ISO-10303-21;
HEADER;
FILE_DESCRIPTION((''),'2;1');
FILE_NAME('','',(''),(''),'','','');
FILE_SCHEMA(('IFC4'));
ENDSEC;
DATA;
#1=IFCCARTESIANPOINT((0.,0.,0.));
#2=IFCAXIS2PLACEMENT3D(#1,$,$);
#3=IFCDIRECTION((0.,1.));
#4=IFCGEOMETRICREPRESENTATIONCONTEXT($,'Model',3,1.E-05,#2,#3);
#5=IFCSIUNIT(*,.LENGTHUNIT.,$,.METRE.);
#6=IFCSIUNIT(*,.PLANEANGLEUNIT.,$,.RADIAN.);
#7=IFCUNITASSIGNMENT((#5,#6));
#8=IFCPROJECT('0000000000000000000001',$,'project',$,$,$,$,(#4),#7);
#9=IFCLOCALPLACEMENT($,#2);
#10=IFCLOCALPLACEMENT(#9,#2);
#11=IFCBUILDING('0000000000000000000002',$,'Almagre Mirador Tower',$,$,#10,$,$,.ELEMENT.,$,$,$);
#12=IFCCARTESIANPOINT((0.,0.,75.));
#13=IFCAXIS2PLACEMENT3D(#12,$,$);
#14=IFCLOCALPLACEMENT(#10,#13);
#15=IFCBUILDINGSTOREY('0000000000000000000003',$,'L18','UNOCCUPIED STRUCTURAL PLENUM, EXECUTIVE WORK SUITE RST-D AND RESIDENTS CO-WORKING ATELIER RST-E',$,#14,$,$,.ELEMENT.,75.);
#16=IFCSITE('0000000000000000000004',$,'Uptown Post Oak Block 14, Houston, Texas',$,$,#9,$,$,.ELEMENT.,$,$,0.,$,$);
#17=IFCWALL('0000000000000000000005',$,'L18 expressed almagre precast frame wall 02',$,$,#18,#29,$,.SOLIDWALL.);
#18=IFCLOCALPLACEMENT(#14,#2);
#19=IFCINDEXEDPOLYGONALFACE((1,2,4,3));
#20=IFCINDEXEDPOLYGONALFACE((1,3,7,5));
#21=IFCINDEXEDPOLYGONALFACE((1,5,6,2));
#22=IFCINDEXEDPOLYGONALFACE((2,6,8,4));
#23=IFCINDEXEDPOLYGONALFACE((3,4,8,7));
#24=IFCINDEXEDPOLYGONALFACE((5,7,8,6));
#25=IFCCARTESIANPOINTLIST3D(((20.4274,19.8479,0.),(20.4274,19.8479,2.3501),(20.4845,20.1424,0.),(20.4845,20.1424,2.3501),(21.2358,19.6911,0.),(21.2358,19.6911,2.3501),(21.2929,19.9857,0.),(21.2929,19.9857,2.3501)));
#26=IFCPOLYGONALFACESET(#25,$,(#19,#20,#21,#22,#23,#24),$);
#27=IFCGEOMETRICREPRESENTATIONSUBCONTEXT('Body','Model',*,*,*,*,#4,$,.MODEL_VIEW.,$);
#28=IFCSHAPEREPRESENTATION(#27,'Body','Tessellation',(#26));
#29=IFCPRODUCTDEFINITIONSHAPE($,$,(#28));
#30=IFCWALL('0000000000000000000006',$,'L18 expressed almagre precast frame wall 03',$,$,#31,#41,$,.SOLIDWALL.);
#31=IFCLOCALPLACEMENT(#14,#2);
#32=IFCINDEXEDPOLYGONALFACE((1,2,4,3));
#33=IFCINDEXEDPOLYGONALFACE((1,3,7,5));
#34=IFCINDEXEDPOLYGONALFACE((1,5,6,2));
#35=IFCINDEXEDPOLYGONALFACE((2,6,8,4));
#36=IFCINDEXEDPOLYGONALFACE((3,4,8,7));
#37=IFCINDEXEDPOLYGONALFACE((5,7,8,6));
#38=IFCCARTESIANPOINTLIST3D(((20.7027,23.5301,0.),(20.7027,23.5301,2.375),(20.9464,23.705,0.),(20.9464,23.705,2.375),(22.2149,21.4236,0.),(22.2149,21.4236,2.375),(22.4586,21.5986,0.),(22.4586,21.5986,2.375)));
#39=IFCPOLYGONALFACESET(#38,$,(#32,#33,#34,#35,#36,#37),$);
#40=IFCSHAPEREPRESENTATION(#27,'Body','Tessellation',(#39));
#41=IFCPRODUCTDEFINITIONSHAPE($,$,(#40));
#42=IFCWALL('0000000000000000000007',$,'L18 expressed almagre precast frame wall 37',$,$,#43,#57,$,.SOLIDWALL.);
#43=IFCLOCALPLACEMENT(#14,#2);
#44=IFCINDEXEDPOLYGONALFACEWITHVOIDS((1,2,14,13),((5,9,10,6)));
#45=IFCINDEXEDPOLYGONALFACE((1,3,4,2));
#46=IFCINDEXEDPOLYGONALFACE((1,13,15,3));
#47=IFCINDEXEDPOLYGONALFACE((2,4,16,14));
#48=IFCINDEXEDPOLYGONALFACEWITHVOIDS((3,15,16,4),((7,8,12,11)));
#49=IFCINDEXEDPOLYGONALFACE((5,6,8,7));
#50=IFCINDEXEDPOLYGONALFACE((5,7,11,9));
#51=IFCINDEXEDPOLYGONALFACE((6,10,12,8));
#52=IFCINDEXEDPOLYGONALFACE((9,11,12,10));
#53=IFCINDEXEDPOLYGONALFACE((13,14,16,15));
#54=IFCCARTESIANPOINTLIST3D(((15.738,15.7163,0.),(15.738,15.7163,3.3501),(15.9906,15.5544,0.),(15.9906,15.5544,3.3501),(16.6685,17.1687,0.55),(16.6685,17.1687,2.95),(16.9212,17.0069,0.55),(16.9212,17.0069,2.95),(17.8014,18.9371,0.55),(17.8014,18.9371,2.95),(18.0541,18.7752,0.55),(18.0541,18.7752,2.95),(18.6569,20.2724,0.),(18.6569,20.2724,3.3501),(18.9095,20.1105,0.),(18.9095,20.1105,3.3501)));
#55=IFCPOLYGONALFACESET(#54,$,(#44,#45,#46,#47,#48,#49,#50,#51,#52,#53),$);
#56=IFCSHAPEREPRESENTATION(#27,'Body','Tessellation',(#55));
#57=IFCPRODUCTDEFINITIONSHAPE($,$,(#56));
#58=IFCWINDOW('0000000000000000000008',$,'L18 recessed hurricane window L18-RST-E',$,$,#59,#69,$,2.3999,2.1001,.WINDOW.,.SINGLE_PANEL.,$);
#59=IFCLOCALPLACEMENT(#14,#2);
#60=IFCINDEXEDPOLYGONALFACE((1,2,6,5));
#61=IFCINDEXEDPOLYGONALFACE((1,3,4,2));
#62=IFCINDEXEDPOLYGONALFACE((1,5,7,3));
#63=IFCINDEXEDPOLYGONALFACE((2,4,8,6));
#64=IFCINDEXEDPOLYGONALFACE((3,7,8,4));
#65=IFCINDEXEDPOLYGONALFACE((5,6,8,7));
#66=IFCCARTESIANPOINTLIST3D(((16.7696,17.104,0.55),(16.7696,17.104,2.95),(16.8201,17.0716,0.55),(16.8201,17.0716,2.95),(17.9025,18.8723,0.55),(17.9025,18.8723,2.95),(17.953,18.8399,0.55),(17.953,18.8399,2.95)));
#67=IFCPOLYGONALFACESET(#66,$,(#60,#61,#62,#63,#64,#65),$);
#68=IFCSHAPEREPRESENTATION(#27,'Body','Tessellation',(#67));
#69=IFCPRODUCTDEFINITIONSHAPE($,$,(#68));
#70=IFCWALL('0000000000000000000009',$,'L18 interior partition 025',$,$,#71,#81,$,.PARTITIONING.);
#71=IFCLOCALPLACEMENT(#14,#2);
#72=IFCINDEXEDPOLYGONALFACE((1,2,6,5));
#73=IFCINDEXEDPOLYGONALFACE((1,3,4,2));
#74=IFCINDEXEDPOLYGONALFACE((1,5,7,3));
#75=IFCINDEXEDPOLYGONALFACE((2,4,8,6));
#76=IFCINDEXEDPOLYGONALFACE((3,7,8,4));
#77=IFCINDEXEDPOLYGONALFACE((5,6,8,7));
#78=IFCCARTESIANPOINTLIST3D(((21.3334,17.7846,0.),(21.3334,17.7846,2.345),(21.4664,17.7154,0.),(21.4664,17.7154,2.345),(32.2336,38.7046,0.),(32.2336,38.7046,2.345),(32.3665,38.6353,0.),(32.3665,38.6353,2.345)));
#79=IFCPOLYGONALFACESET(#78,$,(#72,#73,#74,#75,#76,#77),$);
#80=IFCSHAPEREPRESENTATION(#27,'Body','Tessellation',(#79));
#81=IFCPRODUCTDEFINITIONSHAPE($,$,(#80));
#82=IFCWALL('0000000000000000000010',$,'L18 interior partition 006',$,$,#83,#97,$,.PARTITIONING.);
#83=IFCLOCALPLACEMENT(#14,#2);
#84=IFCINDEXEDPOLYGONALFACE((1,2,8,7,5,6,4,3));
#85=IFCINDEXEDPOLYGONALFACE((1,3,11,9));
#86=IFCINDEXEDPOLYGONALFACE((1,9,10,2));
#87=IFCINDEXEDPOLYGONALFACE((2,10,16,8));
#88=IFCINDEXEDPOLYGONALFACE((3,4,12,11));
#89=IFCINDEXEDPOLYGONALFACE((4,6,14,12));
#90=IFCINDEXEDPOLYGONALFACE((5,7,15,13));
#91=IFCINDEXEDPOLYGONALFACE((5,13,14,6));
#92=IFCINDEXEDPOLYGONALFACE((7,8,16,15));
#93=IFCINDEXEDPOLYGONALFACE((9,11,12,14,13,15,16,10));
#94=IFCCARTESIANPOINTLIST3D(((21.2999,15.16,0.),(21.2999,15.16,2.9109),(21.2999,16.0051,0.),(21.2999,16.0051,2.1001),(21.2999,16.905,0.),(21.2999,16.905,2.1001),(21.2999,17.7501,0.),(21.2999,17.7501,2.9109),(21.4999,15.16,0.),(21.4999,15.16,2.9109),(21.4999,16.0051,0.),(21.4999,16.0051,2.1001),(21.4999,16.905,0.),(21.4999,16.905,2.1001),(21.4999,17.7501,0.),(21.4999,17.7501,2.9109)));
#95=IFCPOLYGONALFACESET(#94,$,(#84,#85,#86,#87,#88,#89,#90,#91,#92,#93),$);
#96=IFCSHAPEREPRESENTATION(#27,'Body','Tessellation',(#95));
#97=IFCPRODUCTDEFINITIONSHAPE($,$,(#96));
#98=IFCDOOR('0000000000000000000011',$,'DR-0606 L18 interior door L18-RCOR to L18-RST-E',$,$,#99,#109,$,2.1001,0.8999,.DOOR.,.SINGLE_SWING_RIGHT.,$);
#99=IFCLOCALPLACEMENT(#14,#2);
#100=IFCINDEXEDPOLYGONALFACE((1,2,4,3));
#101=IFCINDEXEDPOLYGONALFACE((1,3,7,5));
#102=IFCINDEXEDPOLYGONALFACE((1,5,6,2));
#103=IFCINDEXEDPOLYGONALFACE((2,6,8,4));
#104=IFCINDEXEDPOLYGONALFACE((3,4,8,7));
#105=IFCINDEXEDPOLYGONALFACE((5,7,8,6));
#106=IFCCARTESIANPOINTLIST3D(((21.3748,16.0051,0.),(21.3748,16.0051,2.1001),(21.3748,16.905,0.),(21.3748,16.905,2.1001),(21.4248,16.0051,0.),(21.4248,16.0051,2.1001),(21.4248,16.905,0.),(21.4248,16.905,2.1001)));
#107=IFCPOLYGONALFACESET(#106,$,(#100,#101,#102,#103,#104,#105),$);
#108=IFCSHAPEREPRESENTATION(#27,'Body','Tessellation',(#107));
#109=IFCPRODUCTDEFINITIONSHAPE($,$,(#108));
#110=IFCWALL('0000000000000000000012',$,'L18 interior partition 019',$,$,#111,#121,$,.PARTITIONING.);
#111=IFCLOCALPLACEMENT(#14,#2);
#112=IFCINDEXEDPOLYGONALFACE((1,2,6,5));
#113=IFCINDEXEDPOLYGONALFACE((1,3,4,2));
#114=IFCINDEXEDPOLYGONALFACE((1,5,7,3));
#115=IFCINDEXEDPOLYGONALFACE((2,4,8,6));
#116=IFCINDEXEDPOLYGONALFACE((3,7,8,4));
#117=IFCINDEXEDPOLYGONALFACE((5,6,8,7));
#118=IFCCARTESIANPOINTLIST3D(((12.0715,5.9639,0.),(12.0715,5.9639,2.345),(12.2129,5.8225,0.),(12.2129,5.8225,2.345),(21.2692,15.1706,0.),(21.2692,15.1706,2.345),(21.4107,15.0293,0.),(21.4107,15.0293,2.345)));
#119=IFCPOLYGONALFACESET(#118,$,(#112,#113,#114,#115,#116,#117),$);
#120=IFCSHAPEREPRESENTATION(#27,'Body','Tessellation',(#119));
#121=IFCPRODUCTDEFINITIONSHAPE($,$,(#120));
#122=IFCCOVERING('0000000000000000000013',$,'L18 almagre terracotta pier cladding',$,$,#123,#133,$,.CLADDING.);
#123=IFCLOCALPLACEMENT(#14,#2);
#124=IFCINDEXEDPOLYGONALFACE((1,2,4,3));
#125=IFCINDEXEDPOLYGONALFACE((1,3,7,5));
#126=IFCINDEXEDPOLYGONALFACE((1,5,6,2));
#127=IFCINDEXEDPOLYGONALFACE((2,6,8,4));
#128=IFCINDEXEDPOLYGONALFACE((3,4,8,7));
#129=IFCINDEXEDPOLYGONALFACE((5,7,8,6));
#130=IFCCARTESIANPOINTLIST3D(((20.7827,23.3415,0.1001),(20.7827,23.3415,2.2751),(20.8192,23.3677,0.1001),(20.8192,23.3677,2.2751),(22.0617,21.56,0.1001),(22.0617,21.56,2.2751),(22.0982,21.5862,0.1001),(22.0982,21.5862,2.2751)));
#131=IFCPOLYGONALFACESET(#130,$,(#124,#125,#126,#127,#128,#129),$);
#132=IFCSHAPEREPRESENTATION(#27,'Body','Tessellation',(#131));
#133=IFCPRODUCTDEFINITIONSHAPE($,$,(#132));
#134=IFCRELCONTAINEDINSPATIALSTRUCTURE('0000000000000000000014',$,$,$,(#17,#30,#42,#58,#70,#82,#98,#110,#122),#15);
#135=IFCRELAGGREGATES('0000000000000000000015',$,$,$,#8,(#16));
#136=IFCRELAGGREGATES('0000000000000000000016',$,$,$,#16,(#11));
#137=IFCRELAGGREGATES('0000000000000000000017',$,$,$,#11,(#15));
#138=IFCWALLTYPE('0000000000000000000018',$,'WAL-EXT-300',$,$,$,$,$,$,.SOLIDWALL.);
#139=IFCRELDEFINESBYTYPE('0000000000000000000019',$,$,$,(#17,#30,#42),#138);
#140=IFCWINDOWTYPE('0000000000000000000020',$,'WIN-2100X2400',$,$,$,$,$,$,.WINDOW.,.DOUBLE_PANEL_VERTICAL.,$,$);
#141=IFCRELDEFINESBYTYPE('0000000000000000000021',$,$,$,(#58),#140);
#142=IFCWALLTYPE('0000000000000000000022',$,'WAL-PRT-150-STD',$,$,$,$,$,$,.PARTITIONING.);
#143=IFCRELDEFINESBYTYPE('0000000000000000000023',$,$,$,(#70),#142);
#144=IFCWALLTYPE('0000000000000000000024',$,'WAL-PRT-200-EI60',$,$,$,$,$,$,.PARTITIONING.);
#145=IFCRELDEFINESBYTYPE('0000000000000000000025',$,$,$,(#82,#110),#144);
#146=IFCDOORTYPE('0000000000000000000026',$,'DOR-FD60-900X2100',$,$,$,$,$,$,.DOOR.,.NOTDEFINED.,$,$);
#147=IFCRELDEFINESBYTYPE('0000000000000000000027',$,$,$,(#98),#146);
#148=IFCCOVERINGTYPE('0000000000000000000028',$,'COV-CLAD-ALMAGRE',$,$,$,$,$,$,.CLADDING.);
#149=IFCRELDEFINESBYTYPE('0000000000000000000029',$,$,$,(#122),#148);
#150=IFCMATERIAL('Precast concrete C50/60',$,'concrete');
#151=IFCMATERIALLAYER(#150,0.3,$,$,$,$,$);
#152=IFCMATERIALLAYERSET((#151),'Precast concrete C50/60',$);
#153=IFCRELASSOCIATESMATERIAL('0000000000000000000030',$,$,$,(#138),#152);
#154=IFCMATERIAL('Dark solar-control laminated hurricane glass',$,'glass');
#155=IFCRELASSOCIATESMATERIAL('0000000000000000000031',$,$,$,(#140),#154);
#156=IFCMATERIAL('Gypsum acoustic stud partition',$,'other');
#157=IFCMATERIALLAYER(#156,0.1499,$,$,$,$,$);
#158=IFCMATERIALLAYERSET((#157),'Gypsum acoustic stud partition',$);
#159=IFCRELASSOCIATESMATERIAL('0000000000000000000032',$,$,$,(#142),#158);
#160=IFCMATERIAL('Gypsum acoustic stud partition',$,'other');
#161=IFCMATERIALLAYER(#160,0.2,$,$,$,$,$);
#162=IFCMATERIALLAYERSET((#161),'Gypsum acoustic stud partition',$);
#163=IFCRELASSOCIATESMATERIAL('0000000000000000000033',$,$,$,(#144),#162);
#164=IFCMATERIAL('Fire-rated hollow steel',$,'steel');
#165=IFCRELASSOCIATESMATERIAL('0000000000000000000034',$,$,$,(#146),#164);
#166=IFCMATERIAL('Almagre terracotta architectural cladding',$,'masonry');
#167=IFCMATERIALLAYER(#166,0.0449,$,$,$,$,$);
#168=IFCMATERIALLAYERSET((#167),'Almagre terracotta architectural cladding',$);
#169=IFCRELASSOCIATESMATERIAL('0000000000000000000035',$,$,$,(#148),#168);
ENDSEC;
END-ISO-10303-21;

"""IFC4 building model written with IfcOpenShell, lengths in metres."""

from ifc_helpers import new_model, si_unit, direction, frame, frame_2d, origin, origin_2d, place, context, subcontext, project, spatial, rectangle, extrude, material, layer, layer_set, type_object, element, fill, save


model = new_model("IFC4")

# Units and contexts
model_context = context("Model", 3, precision=1e-05, world=origin(), true_north=direction((0.0, 1.0)))
body_context = subcontext(model_context, "Body", "Model", "MODEL_VIEW")
ifc_project = project(units=[si_unit("LENGTHUNIT", "METRE"), si_unit("PLANEANGLEUNIT", "RADIAN")], contexts=[model_context])

# Site, building, storey
site_placement = place(None, origin())
site = spatial("IfcSite", under=ifc_project, at=site_placement, Name="Uptown Post Oak Block 14, Houston, Texas", CompositionType="ELEMENT", RefElevation=0.0)
building_placement = place(site_placement, origin())
building = spatial("IfcBuilding", under=site, at=building_placement, Name="Almagre Mirador Tower", CompositionType="ELEMENT")
storey_placement = place(building_placement, frame((0.0, 0.0, 75.0)))
storey = spatial("IfcBuildingStorey", under=building, at=storey_placement, Name="L18", Description="UNOCCUPIED STRUCTURAL PLENUM, EXECUTIVE WORK SUITE RST-D AND RESIDENTS CO-WORKING ATELIER RST-E", CompositionType="ELEMENT", Elevation=75.0)

# Walls
ifc_material_1 = material(Name="Precast concrete C50/60", Category="concrete")
ifc_layer_1 = layer(ifc_material_1, 0.3)
ifc_layer_set_1 = layer_set([ifc_layer_1], Name="Precast concrete C50/60")
wall_type_1 = type_object("IfcWallType", Name="WAL-EXT-300", PredefinedType="SOLIDWALL", material=ifc_layer_set_1)
wall_1_placement = place(storey_placement, frame((20.4561, 19.9951, 0.0), z_axis=(0.0, 0.0, 1.0), x_axis=(0.981716, -0.190354, 0.0)))
element("IfcWall", 1, at=wall_1_placement, inside=storey, type_object=wall_type_1, Name="L18 expressed almagre precast frame wall 02", PredefinedType="SOLIDWALL", context=body_context, shape_type="SweptSolid", body=[
    extrude(rectangle(XDim=0.8235, YDim=0.3, at=frame_2d((0.4116, 0.0))), origin(), (0.0, 0.0, 1.0), 2.3501),
])
wall_2_placement = place(storey_placement, frame((22.3367, 21.5112, 0.0), z_axis=(0.0, 0.0, 1.0), x_axis=(-0.583178, 0.812344, 0.0)))
element("IfcWall", 2, at=wall_2_placement, inside=storey, type_object=wall_type_1, Name="L18 expressed almagre precast frame wall 03", PredefinedType="SOLIDWALL", context=body_context, shape_type="SweptSolid", body=[
    extrude(rectangle(XDim=2.593, YDim=0.3, at=frame_2d((1.2964, 0.0))), origin(), (0.0, 0.0, 1.0), 2.375),
])

# Wall, opening, window
wall_3_placement = place(storey_placement, frame((15.8643, 15.6353, 0.0), z_axis=(0.0, 0.0, 1.0), x_axis=(0.539448, 0.842019, 0.0)))
wall_3 = element("IfcWall", 3, at=wall_3_placement, inside=storey, type_object=wall_type_1, Name="L18 expressed almagre precast frame wall 37", PredefinedType="SOLIDWALL", context=body_context, shape_type="SweptSolid", body=[
    extrude(rectangle(XDim=5.4109, YDim=0.3, at=frame_2d((2.7056, 0.0))), origin(), (0.0, 0.0, 1.0), 3.3501),
])
opening_1_placement = place(wall_3_placement, frame((1.7251, 0.0, 0.55)))
opening_1 = element("IfcOpeningElement", 4, at=opening_1_placement, cuts=wall_3, PredefinedType="OPENING", context=body_context, shape_type="SweptSolid", body=[
    extrude(rectangle(XDim=2.1001, YDim=2.3999, at=frame_2d((1.05, 1.2))), frame((0.0, 0.1599, 0.0), z_axis=(0.0, -1.0, 0.0), x_axis=(1.0, 0.0, 0.0)), (0.0, 0.0, 1.0), 0.32),
])
ifc_material_2 = material(Name="Dark solar-control laminated hurricane glass", Category="glass")
window_type = type_object("IfcWindowType", Name="WIN-2100X2400", PartitioningType="DOUBLE_PANEL_VERTICAL", PredefinedType="WINDOW", material=ifc_material_2)
window_placement = place(opening_1_placement, origin())
window = element("IfcWindow", 5, at=window_placement, inside=storey, type_object=window_type, Name="L18 recessed hurricane window L18-RST-E", OverallHeight=2.3999, OverallWidth=2.1001, PartitioningType="SINGLE_PANEL", PredefinedType="WINDOW", context=body_context, shape_type="SweptSolid", body=[
    extrude(rectangle(XDim=2.1001, YDim=2.3999, at=frame_2d((1.05, 1.2))), frame((0.0, 0.03, 0.0), z_axis=(0.0, -1.0, 0.0), x_axis=(1.0, 0.0, 0.0)), (0.0, 0.0, 1.0), 0.0601),
])
fill(opening_1, window)

# Wall
ifc_material_3 = material(Name="Gypsum acoustic stud partition", Category="other")
ifc_layer_2 = layer(ifc_material_3, 0.1499)
ifc_layer_set_2 = layer_set([ifc_layer_2], Name="Gypsum acoustic stud partition")
wall_type_2 = type_object("IfcWallType", Name="WAL-PRT-150-STD", PredefinedType="PARTITIONING", material=ifc_layer_set_2)
wall_4_placement = place(storey_placement, frame((21.3999, 17.75, 0.0), z_axis=(0.0, 0.0, 1.0), x_axis=(0.46208, 0.886838, 0.0)))
element("IfcWall", 6, at=wall_4_placement, inside=storey, type_object=wall_type_2, Name="L18 interior partition 025", PredefinedType="PARTITIONING", context=body_context, shape_type="SweptSolid", body=[
    extrude(rectangle(XDim=23.5894, YDim=0.1499, at=frame_2d((11.7947, 0.0))), origin(), (0.0, 0.0, 1.0), 2.345),
])

# Wall, opening, door
ifc_material_4 = material(Name="Gypsum acoustic stud partition", Category="other")
ifc_layer_3 = layer(ifc_material_4, 0.2)
ifc_layer_set_3 = layer_set([ifc_layer_3], Name="Gypsum acoustic stud partition")
wall_type_3 = type_object("IfcWallType", Name="WAL-PRT-200-EI60", PredefinedType="PARTITIONING", material=ifc_layer_set_3)
wall_5_placement = place(storey_placement, frame((21.3999, 17.75, 0.0), z_axis=(0.0, 0.0, 1.0), x_axis=(0.0, -1.0, 0.0)))
wall_5 = element("IfcWall", 7, at=wall_5_placement, inside=storey, type_object=wall_type_3, Name="L18 interior partition 006", PredefinedType="PARTITIONING", context=body_context, shape_type="SweptSolid", body=[
    extrude(rectangle(XDim=2.5901, YDim=0.2, at=frame_2d((1.2949, 0.0))), origin(), (0.0, 0.0, 1.0), 2.9109),
])
opening_2_placement = place(wall_5_placement, frame((0.845, 0.0, 0.0)))
opening_2 = element("IfcOpeningElement", 8, at=opening_2_placement, cuts=wall_5, PredefinedType="OPENING", context=body_context, shape_type="SweptSolid", body=[
    extrude(rectangle(XDim=0.8999, YDim=2.1001, at=frame_2d((0.45, 1.05))), frame((0.0, 0.1101, 0.0), z_axis=(0.0, -1.0, 0.0), x_axis=(1.0, 0.0, 0.0)), (0.0, 0.0, 1.0), 0.22),
])
ifc_material_5 = material(Name="Fire-rated hollow steel", Category="steel")
door_type = type_object("IfcDoorType", Name="DOR-FD60-900X2100", OperationType="NOTDEFINED", PredefinedType="DOOR", material=ifc_material_5)
door_placement = place(opening_2_placement, origin())
door = element("IfcDoor", 9, at=door_placement, inside=storey, type_object=door_type, Name="DR-0606 L18 interior door L18-RCOR to L18-RST-E", OperationType="SINGLE_SWING_RIGHT", OverallHeight=2.1001, OverallWidth=0.8999, PredefinedType="DOOR", context=body_context, shape_type="SweptSolid", body=[
    extrude(rectangle(XDim=0.8999, YDim=2.1001, at=frame_2d((0.45, 1.05))), frame((0.0, 0.0249, 0.0), z_axis=(0.0, -1.0, 0.0), x_axis=(1.0, 0.0, 0.0)), (0.0, 0.0, 1.0), 0.05),
])
fill(opening_2, door)

# Wall
wall_6_placement = place(storey_placement, frame((21.3398, 15.0999, 0.0), z_axis=(0.0, 0.0, 1.0), x_axis=(-0.70676, -0.707454, 0.0)))
element("IfcWall", 10, at=wall_6_placement, inside=storey, type_object=wall_type_3, Name="L18 interior partition 019", PredefinedType="PARTITIONING", context=body_context, shape_type="SweptSolid", body=[
    extrude(rectangle(XDim=13.0139, YDim=0.2, at=frame_2d((6.5068, 0.0))), origin(), (0.0, 0.0, 1.0), 2.345),
])

# Covering
ifc_material_6 = material(Name="Almagre terracotta architectural cladding", Category="masonry")
ifc_layer_4 = layer(ifc_material_6, 0.0449)
ifc_layer_set_4 = layer_set([ifc_layer_4], Name="Almagre terracotta architectural cladding")
covering_type = type_object("IfcCoveringType", Name="COV-CLAD-ALMAGRE", PredefinedType="CLADDING", material=ifc_layer_set_4)
covering_placement = place(storey_placement, frame((21.4404, 22.4639, 0.1001), z_axis=(0.0, 0.0, 1.0), x_axis=(-0.583187, 0.812338, 0.0)))
element("IfcCovering", 11, at=covering_placement, inside=storey, type_object=covering_type, Name="L18 almagre terracotta pier cladding", PredefinedType="CLADDING", context=body_context, shape_type="SweptSolid", body=[
    extrude(rectangle(XDim=2.1931, YDim=0.0449, at=origin_2d()), origin(), (0.0, 0.0, 1.0), 2.175),
])

save(model, "model.ifc")
